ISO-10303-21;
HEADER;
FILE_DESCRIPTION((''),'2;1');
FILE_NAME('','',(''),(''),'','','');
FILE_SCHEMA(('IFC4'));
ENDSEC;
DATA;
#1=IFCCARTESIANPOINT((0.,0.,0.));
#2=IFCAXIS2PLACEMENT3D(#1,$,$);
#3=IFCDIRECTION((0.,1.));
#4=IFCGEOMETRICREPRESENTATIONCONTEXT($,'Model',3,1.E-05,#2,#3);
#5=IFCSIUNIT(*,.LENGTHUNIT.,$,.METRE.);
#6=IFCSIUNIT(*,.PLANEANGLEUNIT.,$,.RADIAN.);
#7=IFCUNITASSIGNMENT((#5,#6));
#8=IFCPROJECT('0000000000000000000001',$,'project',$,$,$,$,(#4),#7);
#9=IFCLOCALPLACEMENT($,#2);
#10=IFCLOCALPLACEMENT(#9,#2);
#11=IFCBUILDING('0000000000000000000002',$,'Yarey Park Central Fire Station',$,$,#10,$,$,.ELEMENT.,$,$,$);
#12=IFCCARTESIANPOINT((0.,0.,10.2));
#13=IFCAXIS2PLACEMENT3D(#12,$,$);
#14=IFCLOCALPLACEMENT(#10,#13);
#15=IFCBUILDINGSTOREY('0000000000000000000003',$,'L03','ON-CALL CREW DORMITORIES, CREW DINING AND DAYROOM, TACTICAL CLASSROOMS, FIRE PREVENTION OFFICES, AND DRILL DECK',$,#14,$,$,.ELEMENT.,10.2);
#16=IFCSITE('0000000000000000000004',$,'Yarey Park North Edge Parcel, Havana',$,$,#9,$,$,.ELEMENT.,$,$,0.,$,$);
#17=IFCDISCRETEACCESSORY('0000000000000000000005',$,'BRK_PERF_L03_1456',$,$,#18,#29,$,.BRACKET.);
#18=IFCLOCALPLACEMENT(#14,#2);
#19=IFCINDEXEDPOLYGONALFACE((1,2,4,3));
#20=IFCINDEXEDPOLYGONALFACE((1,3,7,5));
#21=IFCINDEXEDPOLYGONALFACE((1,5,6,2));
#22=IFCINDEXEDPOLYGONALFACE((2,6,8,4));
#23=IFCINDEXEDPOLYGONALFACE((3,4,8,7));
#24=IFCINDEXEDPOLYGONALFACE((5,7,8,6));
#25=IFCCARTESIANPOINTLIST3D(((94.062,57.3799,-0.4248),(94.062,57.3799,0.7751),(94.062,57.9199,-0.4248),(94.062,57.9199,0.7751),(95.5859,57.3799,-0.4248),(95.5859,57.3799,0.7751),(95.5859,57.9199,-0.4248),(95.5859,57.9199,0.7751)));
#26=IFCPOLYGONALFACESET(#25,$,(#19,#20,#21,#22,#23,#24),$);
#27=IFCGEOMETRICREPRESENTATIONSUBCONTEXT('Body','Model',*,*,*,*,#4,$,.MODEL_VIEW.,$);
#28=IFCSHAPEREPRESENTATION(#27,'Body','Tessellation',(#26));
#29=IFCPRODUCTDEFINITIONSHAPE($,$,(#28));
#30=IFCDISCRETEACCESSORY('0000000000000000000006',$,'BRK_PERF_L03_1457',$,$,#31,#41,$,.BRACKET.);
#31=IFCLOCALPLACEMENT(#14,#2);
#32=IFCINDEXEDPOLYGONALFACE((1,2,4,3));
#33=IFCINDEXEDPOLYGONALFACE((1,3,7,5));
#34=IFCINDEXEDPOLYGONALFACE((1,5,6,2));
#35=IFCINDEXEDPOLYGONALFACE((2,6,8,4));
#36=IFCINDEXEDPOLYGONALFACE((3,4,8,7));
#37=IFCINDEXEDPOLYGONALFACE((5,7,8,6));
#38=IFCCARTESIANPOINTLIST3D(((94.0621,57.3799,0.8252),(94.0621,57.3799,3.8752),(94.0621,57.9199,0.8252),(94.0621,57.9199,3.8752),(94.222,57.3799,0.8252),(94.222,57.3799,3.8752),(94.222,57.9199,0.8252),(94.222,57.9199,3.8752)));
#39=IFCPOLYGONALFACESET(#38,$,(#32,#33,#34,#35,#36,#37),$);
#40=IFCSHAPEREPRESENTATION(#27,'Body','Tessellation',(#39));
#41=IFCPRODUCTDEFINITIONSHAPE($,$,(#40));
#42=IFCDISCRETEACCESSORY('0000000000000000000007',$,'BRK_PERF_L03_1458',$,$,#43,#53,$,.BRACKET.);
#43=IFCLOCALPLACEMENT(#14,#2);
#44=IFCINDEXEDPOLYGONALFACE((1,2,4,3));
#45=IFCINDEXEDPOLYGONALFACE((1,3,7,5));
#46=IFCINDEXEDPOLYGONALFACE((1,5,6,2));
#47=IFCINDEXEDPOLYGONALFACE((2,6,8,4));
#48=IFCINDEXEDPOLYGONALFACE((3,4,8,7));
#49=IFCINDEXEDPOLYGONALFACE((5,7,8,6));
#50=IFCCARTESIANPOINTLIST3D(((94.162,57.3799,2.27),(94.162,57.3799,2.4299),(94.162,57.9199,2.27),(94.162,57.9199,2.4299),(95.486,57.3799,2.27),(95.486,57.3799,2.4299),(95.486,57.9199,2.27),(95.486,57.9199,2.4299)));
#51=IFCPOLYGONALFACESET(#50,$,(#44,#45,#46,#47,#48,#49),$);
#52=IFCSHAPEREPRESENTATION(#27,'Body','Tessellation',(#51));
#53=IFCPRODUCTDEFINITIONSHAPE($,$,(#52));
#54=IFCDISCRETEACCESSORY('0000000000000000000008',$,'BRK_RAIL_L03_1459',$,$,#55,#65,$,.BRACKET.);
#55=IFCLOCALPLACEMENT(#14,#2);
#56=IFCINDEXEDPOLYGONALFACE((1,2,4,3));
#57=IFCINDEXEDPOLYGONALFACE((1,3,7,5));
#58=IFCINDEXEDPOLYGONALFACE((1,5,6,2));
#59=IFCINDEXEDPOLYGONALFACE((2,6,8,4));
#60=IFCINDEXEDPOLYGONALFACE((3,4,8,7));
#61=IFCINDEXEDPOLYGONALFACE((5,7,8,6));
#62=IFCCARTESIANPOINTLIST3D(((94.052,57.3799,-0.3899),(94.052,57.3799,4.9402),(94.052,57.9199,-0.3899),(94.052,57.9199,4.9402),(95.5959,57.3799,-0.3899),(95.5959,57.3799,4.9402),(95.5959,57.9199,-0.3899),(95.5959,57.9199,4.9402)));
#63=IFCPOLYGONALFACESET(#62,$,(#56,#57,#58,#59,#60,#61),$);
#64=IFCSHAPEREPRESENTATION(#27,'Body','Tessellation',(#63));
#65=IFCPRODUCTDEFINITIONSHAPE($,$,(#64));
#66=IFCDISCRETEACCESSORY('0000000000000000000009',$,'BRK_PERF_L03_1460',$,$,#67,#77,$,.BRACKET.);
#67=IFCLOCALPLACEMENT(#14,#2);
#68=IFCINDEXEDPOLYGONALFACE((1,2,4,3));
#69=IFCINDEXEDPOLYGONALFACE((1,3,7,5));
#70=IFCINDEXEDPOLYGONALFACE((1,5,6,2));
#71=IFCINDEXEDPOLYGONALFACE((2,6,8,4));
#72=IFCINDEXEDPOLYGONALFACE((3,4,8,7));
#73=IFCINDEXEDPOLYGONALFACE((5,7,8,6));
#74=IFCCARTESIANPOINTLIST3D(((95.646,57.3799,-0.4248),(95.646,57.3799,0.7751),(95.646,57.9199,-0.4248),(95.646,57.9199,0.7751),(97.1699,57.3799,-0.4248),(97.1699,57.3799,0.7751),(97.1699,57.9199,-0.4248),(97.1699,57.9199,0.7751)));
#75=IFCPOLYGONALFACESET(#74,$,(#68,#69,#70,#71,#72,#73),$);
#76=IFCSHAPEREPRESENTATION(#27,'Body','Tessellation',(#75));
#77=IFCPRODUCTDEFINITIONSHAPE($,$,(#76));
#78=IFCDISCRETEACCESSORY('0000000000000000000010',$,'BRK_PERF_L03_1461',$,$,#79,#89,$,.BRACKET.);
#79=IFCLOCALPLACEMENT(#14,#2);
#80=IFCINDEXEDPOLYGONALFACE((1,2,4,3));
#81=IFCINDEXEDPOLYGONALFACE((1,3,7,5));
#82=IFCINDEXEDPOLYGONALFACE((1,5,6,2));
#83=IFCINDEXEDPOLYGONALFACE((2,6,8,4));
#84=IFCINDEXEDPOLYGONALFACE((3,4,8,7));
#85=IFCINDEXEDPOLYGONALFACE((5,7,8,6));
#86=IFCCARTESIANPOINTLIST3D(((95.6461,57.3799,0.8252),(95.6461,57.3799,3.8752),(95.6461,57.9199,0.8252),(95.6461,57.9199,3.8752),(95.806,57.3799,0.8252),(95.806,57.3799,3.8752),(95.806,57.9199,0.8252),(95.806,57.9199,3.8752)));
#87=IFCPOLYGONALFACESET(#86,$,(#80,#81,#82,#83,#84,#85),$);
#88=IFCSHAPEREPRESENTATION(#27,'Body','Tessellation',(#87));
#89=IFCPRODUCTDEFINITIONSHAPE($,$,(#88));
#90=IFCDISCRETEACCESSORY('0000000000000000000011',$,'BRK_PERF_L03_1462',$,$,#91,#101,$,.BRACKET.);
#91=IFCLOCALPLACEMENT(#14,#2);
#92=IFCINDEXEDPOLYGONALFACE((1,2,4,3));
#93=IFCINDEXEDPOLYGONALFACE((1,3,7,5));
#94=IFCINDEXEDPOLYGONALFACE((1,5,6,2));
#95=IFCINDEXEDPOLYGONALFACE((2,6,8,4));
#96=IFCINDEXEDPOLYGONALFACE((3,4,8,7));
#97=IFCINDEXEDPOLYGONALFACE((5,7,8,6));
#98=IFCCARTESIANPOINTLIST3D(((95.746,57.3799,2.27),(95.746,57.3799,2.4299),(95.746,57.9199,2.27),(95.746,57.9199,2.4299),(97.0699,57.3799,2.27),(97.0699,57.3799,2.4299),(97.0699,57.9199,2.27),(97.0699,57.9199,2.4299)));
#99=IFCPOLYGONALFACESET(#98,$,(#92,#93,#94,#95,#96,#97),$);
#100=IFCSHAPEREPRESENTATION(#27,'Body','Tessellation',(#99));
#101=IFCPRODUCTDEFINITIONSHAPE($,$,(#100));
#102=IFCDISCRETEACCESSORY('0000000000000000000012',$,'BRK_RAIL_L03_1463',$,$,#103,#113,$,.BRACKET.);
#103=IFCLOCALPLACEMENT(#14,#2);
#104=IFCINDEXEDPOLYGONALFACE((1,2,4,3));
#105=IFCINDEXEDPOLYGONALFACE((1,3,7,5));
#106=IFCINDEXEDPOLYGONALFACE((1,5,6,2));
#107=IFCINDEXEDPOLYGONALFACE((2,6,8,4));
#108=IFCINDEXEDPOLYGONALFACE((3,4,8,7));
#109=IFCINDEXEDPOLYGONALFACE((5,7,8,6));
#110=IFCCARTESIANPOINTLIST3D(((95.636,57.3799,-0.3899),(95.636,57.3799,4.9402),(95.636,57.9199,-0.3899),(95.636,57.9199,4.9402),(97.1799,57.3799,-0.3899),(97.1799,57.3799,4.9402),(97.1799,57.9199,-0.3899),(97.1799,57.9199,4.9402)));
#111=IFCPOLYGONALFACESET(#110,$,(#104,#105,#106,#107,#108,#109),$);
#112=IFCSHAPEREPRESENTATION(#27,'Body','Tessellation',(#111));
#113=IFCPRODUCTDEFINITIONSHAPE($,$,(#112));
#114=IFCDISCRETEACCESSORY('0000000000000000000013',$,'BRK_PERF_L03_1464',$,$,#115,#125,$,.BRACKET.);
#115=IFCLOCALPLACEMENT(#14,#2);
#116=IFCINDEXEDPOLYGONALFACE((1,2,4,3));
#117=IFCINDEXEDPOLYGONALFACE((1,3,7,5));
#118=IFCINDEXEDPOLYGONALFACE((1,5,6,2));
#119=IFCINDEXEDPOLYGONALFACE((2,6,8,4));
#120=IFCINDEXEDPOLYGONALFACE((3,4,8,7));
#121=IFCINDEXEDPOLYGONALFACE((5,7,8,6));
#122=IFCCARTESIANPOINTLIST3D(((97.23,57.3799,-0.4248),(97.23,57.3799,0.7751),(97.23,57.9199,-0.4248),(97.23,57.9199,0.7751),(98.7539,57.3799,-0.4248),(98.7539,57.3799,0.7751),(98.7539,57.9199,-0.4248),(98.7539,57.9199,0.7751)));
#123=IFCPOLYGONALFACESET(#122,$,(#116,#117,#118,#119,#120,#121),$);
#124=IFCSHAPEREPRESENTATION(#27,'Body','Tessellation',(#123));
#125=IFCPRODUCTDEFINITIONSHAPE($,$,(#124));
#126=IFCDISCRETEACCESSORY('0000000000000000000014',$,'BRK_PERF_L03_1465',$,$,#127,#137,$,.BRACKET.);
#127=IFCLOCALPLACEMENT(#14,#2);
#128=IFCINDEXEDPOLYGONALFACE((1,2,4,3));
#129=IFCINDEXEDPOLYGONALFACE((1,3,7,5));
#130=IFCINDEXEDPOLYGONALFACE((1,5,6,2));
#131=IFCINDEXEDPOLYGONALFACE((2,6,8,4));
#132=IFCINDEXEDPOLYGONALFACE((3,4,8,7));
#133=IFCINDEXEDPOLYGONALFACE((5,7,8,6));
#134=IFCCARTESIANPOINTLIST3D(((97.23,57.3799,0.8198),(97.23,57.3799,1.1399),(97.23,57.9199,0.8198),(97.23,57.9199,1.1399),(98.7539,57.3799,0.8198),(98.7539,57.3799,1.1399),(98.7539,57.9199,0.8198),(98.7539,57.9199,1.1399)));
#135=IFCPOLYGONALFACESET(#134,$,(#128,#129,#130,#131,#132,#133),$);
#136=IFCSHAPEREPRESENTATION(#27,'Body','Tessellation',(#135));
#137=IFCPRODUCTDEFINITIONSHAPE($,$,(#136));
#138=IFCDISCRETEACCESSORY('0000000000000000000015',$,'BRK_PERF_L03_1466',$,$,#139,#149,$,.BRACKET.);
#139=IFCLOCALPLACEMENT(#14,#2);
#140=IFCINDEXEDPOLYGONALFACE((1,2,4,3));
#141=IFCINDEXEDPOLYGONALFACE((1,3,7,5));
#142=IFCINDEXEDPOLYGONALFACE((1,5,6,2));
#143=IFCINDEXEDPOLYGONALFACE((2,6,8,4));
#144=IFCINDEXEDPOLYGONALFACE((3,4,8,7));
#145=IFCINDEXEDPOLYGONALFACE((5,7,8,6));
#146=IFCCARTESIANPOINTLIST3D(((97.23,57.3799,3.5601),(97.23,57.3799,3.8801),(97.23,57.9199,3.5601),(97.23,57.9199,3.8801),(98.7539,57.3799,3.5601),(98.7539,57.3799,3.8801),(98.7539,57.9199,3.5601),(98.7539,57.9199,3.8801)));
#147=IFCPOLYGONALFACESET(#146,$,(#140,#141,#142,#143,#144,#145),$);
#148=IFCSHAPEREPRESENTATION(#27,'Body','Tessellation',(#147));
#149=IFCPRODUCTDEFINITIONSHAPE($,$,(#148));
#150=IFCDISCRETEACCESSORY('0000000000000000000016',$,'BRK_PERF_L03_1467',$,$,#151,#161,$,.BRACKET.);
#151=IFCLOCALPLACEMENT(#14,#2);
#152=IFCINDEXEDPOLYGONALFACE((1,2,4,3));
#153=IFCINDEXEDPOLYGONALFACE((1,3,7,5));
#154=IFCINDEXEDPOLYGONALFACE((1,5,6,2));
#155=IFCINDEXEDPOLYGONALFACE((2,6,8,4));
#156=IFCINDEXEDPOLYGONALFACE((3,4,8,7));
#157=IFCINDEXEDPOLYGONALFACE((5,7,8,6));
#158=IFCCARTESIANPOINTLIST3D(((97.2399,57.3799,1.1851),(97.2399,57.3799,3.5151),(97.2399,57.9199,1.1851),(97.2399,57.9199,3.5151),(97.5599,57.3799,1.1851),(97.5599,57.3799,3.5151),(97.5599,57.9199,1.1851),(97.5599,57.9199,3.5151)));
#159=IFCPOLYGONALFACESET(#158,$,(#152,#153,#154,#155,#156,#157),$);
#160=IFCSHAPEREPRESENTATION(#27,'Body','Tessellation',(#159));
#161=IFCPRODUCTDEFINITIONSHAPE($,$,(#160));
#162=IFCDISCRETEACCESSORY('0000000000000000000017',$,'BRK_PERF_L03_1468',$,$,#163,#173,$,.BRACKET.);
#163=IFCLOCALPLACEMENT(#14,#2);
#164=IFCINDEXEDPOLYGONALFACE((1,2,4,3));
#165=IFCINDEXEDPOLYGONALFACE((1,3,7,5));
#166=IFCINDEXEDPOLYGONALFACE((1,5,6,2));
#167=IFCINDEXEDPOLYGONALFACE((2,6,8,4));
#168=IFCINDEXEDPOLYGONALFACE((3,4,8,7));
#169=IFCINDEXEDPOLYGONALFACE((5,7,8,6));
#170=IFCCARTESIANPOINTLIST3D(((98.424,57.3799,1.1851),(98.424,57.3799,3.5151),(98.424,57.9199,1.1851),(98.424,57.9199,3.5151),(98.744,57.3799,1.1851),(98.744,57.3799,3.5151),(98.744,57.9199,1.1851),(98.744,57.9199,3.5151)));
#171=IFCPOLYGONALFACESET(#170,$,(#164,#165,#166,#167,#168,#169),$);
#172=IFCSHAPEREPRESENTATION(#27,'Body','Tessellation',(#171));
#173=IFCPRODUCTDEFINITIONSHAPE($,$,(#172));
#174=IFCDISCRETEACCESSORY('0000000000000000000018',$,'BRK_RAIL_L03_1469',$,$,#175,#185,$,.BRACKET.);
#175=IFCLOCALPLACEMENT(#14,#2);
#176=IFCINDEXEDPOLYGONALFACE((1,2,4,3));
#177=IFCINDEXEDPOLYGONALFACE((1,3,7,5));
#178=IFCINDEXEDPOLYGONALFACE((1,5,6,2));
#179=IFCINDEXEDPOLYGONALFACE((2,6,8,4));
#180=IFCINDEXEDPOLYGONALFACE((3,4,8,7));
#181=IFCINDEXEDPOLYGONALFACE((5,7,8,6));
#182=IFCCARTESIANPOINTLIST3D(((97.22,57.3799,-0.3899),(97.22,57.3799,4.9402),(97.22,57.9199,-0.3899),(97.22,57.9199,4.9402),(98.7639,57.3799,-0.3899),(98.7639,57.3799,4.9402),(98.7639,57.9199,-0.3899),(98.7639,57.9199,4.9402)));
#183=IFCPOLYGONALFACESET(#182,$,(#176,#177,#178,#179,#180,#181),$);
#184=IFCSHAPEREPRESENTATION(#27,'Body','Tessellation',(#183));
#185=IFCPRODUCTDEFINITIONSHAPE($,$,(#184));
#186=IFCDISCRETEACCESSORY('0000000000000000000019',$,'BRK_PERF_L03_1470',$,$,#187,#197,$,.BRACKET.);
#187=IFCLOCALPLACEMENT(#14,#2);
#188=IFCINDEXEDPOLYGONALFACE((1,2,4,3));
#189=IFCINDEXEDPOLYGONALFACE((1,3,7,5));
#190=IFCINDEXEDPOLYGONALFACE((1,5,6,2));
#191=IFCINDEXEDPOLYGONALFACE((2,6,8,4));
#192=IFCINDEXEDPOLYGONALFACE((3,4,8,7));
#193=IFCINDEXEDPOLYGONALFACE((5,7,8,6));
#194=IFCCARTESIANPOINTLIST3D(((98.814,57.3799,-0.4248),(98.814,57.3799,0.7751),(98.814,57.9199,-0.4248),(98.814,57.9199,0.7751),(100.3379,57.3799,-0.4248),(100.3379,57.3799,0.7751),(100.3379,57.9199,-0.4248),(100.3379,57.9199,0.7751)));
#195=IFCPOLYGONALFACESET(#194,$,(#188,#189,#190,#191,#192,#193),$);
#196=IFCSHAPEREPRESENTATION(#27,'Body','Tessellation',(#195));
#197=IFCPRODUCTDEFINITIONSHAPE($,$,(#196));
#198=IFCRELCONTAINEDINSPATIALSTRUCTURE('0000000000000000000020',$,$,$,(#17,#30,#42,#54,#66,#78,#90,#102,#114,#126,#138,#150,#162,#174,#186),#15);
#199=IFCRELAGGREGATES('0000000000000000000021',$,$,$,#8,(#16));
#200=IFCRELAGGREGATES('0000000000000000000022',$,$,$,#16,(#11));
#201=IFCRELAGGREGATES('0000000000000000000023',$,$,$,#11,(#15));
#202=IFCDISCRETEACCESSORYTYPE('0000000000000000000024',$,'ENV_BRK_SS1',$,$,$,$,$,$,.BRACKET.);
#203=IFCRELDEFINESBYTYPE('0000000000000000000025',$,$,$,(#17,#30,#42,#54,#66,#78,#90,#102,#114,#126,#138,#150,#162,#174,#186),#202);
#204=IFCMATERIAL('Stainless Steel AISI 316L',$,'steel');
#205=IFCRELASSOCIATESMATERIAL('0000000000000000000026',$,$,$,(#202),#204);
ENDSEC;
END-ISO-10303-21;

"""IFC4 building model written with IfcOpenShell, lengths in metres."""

from ifc_helpers import new_model, si_unit, direction, frame, origin, origin_2d, place, context, subcontext, project, spatial, rectangle, extrude, material, type_object, element, save


model = new_model("IFC4")

# Units and contexts
model_context = context("Model", 3, precision=1e-05, world=origin(), true_north=direction((0.0, 1.0)))
body_context = subcontext(model_context, "Body", "Model", "MODEL_VIEW")
ifc_project = project(units=[si_unit("LENGTHUNIT", "METRE"), si_unit("PLANEANGLEUNIT", "RADIAN")], contexts=[model_context])

# Site, building, storey
site_placement = place(None, origin())
site = spatial("IfcSite", under=ifc_project, at=site_placement, Name="Yarey Park North Edge Parcel, Havana", CompositionType="ELEMENT", RefElevation=0.0)
building_placement = place(site_placement, origin())
building = spatial("IfcBuilding", under=site, at=building_placement, Name="Yarey Park Central Fire Station", CompositionType="ELEMENT")
storey_placement = place(building_placement, frame((0.0, 0.0, 10.2)))
storey = spatial("IfcBuildingStorey", under=building, at=storey_placement, Name="L03", Description="ON-CALL CREW DORMITORIES, CREW DINING AND DAYROOM, TACTICAL CLASSROOMS, FIRE PREVENTION OFFICES, AND DRILL DECK", CompositionType="ELEMENT", Elevation=10.2)

# Discrete accessories
ifc_material_1 = material(Name="Stainless Steel AISI 316L", Category="steel")
discrete_accessory_type = type_object("IfcDiscreteAccessoryType", Name="ENV_BRK_SS1", PredefinedType="BRACKET", material=ifc_material_1)
discrete_accessory_1_placement = place(storey_placement, frame((94.824, 57.6499, -0.4248), z_axis=(0.0, 0.0, 1.0), x_axis=(1.0, 0.0, 0.0)))
element("IfcDiscreteAccessory", 1, at=discrete_accessory_1_placement, inside=storey, type_object=discrete_accessory_type, Name="BRK_PERF_L03_1456", PredefinedType="BRACKET", context=body_context, shape_type="SweptSolid", body=[
    extrude(rectangle(XDim=1.5239, YDim=0.54, at=origin_2d()), origin(), (0.0, 0.0, 1.0), 1.2),
])
discrete_accessory_2_placement = place(storey_placement, frame((94.1421, 57.6499, 0.8252), z_axis=(0.0, 0.0, 1.0), x_axis=(1.0, 0.0, 0.0)))
element("IfcDiscreteAccessory", 2, at=discrete_accessory_2_placement, inside=storey, type_object=discrete_accessory_type, Name="BRK_PERF_L03_1457", PredefinedType="BRACKET", context=body_context, shape_type="SweptSolid", body=[
    extrude(rectangle(XDim=0.1599, YDim=0.54, at=origin_2d()), origin(), (0.0, 0.0, 1.0), 3.05),
])
discrete_accessory_3_placement = place(storey_placement, frame((94.824, 57.6499, 2.27), z_axis=(0.0, 0.0, 1.0), x_axis=(1.0, 0.0, 0.0)))
element("IfcDiscreteAccessory", 3, at=discrete_accessory_3_placement, inside=storey, type_object=discrete_accessory_type, Name="BRK_PERF_L03_1458", PredefinedType="BRACKET", context=body_context, shape_type="SweptSolid", body=[
    extrude(rectangle(XDim=1.324, YDim=0.54, at=origin_2d()), origin(), (0.0, 0.0, 1.0), 0.1599),
])
discrete_accessory_4_placement = place(storey_placement, frame((94.824, 57.6499, -0.3899), z_axis=(0.0, 0.0, 1.0), x_axis=(1.0, 0.0, 0.0)))
element("IfcDiscreteAccessory", 4, at=discrete_accessory_4_placement, inside=storey, type_object=discrete_accessory_type, Name="BRK_RAIL_L03_1459", PredefinedType="BRACKET", context=body_context, shape_type="SweptSolid", body=[
    extrude(rectangle(XDim=1.5439, YDim=0.54, at=origin_2d()), origin(), (0.0, 0.0, 1.0), 5.3301),
])
discrete_accessory_5_placement = place(storey_placement, frame((96.408, 57.6499, -0.4248), z_axis=(0.0, 0.0, 1.0), x_axis=(1.0, 0.0, 0.0)))
element("IfcDiscreteAccessory", 5, at=discrete_accessory_5_placement, inside=storey, type_object=discrete_accessory_type, Name="BRK_PERF_L03_1460", PredefinedType="BRACKET", context=body_context, shape_type="SweptSolid", body=[
    extrude(rectangle(XDim=1.5239, YDim=0.54, at=origin_2d()), origin(), (0.0, 0.0, 1.0), 1.2),
])
discrete_accessory_6_placement = place(storey_placement, frame((95.7261, 57.6499, 0.8252), z_axis=(0.0, 0.0, 1.0), x_axis=(1.0, 0.0, 0.0)))
element("IfcDiscreteAccessory", 6, at=discrete_accessory_6_placement, inside=storey, type_object=discrete_accessory_type, Name="BRK_PERF_L03_1461", PredefinedType="BRACKET", context=body_context, shape_type="SweptSolid", body=[
    extrude(rectangle(XDim=0.1599, YDim=0.54, at=origin_2d()), origin(), (0.0, 0.0, 1.0), 3.05),
])
discrete_accessory_7_placement = place(storey_placement, frame((96.408, 57.6499, 2.27), z_axis=(0.0, 0.0, 1.0), x_axis=(1.0, 0.0, 0.0)))
element("IfcDiscreteAccessory", 7, at=discrete_accessory_7_placement, inside=storey, type_object=discrete_accessory_type, Name="BRK_PERF_L03_1462", PredefinedType="BRACKET", context=body_context, shape_type="SweptSolid", body=[
    extrude(rectangle(XDim=1.324, YDim=0.54, at=origin_2d()), origin(), (0.0, 0.0, 1.0), 0.1599),
])
discrete_accessory_8_placement = place(storey_placement, frame((96.408, 57.6499, -0.3899), z_axis=(0.0, 0.0, 1.0), x_axis=(1.0, 0.0, 0.0)))
element("IfcDiscreteAccessory", 8, at=discrete_accessory_8_placement, inside=storey, type_object=discrete_accessory_type, Name="BRK_RAIL_L03_1463", PredefinedType="BRACKET", context=body_context, shape_type="SweptSolid", body=[
    extrude(rectangle(XDim=1.5439, YDim=0.54, at=origin_2d()), origin(), (0.0, 0.0, 1.0), 5.3301),
])
discrete_accessory_9_placement = place(storey_placement, frame((97.9919, 57.6499, -0.4248), z_axis=(0.0, 0.0, 1.0), x_axis=(1.0, 0.0, 0.0)))
element("IfcDiscreteAccessory", 9, at=discrete_accessory_9_placement, inside=storey, type_object=discrete_accessory_type, Name="BRK_PERF_L03_1464", PredefinedType="BRACKET", context=body_context, shape_type="SweptSolid", body=[
    extrude(rectangle(XDim=1.5239, YDim=0.54, at=origin_2d()), origin(), (0.0, 0.0, 1.0), 1.2),
])
for number, where, z_axis, x_axis, name in (
    (10, (97.9919, 57.6499, 0.8198), (0.0, 0.0, 1.0), (1.0, 0.0, 0.0), "BRK_PERF_L03_1465"),
    (11, (97.9919, 57.6499, 3.5601), (0.0, 0.0, 1.0), (1.0, 0.0, 0.0), "BRK_PERF_L03_1466"),
):
    element("IfcDiscreteAccessory", number, at=place(storey_placement, frame(where, z_axis=z_axis, x_axis=x_axis)), inside=storey, type_object=discrete_accessory_type, Name=name, PredefinedType="BRACKET", context=body_context, shape_type="SweptSolid", body=[
        extrude(rectangle(XDim=1.5239, YDim=0.54, at=origin_2d()), origin(), (0.0, 0.0, 1.0), 0.3201),
    ])
for number, where, z_axis, x_axis, name in (
    (12, (97.3999, 57.6499, 1.1851), (0.0, 0.0, 1.0), (1.0, 0.0, 0.0), "BRK_PERF_L03_1467"),
    (13, (98.584, 57.6499, 1.1851), (0.0, 0.0, 1.0), (1.0, 0.0, 0.0), "BRK_PERF_L03_1468"),
):
    element("IfcDiscreteAccessory", number, at=place(storey_placement, frame(where, z_axis=z_axis, x_axis=x_axis)), inside=storey, type_object=discrete_accessory_type, Name=name, PredefinedType="BRACKET", context=body_context, shape_type="SweptSolid", body=[
        extrude(rectangle(XDim=0.3201, YDim=0.54, at=origin_2d()), origin(), (0.0, 0.0, 1.0), 2.3301),
    ])
discrete_accessory_10_placement = place(storey_placement, frame((97.9919, 57.6499, -0.3899), z_axis=(0.0, 0.0, 1.0), x_axis=(1.0, 0.0, 0.0)))
element("IfcDiscreteAccessory", 14, at=discrete_accessory_10_placement, inside=storey, type_object=discrete_accessory_type, Name="BRK_RAIL_L03_1469", PredefinedType="BRACKET", context=body_context, shape_type="SweptSolid", body=[
    extrude(rectangle(XDim=1.5439, YDim=0.54, at=origin_2d()), origin(), (0.0, 0.0, 1.0), 5.3301),
])
discrete_accessory_11_placement = place(storey_placement, frame((99.5759, 57.6499, -0.4248), z_axis=(0.0, 0.0, 1.0), x_axis=(1.0, 0.0, 0.0)))
element("IfcDiscreteAccessory", 15, at=discrete_accessory_11_placement, inside=storey, type_object=discrete_accessory_type, Name="BRK_PERF_L03_1470", PredefinedType="BRACKET", context=body_context, shape_type="SweptSolid", body=[
    extrude(rectangle(XDim=1.5239, YDim=0.54, at=origin_2d()), origin(), (0.0, 0.0, 1.0), 1.2),
])

save(model, "model.ifc")
